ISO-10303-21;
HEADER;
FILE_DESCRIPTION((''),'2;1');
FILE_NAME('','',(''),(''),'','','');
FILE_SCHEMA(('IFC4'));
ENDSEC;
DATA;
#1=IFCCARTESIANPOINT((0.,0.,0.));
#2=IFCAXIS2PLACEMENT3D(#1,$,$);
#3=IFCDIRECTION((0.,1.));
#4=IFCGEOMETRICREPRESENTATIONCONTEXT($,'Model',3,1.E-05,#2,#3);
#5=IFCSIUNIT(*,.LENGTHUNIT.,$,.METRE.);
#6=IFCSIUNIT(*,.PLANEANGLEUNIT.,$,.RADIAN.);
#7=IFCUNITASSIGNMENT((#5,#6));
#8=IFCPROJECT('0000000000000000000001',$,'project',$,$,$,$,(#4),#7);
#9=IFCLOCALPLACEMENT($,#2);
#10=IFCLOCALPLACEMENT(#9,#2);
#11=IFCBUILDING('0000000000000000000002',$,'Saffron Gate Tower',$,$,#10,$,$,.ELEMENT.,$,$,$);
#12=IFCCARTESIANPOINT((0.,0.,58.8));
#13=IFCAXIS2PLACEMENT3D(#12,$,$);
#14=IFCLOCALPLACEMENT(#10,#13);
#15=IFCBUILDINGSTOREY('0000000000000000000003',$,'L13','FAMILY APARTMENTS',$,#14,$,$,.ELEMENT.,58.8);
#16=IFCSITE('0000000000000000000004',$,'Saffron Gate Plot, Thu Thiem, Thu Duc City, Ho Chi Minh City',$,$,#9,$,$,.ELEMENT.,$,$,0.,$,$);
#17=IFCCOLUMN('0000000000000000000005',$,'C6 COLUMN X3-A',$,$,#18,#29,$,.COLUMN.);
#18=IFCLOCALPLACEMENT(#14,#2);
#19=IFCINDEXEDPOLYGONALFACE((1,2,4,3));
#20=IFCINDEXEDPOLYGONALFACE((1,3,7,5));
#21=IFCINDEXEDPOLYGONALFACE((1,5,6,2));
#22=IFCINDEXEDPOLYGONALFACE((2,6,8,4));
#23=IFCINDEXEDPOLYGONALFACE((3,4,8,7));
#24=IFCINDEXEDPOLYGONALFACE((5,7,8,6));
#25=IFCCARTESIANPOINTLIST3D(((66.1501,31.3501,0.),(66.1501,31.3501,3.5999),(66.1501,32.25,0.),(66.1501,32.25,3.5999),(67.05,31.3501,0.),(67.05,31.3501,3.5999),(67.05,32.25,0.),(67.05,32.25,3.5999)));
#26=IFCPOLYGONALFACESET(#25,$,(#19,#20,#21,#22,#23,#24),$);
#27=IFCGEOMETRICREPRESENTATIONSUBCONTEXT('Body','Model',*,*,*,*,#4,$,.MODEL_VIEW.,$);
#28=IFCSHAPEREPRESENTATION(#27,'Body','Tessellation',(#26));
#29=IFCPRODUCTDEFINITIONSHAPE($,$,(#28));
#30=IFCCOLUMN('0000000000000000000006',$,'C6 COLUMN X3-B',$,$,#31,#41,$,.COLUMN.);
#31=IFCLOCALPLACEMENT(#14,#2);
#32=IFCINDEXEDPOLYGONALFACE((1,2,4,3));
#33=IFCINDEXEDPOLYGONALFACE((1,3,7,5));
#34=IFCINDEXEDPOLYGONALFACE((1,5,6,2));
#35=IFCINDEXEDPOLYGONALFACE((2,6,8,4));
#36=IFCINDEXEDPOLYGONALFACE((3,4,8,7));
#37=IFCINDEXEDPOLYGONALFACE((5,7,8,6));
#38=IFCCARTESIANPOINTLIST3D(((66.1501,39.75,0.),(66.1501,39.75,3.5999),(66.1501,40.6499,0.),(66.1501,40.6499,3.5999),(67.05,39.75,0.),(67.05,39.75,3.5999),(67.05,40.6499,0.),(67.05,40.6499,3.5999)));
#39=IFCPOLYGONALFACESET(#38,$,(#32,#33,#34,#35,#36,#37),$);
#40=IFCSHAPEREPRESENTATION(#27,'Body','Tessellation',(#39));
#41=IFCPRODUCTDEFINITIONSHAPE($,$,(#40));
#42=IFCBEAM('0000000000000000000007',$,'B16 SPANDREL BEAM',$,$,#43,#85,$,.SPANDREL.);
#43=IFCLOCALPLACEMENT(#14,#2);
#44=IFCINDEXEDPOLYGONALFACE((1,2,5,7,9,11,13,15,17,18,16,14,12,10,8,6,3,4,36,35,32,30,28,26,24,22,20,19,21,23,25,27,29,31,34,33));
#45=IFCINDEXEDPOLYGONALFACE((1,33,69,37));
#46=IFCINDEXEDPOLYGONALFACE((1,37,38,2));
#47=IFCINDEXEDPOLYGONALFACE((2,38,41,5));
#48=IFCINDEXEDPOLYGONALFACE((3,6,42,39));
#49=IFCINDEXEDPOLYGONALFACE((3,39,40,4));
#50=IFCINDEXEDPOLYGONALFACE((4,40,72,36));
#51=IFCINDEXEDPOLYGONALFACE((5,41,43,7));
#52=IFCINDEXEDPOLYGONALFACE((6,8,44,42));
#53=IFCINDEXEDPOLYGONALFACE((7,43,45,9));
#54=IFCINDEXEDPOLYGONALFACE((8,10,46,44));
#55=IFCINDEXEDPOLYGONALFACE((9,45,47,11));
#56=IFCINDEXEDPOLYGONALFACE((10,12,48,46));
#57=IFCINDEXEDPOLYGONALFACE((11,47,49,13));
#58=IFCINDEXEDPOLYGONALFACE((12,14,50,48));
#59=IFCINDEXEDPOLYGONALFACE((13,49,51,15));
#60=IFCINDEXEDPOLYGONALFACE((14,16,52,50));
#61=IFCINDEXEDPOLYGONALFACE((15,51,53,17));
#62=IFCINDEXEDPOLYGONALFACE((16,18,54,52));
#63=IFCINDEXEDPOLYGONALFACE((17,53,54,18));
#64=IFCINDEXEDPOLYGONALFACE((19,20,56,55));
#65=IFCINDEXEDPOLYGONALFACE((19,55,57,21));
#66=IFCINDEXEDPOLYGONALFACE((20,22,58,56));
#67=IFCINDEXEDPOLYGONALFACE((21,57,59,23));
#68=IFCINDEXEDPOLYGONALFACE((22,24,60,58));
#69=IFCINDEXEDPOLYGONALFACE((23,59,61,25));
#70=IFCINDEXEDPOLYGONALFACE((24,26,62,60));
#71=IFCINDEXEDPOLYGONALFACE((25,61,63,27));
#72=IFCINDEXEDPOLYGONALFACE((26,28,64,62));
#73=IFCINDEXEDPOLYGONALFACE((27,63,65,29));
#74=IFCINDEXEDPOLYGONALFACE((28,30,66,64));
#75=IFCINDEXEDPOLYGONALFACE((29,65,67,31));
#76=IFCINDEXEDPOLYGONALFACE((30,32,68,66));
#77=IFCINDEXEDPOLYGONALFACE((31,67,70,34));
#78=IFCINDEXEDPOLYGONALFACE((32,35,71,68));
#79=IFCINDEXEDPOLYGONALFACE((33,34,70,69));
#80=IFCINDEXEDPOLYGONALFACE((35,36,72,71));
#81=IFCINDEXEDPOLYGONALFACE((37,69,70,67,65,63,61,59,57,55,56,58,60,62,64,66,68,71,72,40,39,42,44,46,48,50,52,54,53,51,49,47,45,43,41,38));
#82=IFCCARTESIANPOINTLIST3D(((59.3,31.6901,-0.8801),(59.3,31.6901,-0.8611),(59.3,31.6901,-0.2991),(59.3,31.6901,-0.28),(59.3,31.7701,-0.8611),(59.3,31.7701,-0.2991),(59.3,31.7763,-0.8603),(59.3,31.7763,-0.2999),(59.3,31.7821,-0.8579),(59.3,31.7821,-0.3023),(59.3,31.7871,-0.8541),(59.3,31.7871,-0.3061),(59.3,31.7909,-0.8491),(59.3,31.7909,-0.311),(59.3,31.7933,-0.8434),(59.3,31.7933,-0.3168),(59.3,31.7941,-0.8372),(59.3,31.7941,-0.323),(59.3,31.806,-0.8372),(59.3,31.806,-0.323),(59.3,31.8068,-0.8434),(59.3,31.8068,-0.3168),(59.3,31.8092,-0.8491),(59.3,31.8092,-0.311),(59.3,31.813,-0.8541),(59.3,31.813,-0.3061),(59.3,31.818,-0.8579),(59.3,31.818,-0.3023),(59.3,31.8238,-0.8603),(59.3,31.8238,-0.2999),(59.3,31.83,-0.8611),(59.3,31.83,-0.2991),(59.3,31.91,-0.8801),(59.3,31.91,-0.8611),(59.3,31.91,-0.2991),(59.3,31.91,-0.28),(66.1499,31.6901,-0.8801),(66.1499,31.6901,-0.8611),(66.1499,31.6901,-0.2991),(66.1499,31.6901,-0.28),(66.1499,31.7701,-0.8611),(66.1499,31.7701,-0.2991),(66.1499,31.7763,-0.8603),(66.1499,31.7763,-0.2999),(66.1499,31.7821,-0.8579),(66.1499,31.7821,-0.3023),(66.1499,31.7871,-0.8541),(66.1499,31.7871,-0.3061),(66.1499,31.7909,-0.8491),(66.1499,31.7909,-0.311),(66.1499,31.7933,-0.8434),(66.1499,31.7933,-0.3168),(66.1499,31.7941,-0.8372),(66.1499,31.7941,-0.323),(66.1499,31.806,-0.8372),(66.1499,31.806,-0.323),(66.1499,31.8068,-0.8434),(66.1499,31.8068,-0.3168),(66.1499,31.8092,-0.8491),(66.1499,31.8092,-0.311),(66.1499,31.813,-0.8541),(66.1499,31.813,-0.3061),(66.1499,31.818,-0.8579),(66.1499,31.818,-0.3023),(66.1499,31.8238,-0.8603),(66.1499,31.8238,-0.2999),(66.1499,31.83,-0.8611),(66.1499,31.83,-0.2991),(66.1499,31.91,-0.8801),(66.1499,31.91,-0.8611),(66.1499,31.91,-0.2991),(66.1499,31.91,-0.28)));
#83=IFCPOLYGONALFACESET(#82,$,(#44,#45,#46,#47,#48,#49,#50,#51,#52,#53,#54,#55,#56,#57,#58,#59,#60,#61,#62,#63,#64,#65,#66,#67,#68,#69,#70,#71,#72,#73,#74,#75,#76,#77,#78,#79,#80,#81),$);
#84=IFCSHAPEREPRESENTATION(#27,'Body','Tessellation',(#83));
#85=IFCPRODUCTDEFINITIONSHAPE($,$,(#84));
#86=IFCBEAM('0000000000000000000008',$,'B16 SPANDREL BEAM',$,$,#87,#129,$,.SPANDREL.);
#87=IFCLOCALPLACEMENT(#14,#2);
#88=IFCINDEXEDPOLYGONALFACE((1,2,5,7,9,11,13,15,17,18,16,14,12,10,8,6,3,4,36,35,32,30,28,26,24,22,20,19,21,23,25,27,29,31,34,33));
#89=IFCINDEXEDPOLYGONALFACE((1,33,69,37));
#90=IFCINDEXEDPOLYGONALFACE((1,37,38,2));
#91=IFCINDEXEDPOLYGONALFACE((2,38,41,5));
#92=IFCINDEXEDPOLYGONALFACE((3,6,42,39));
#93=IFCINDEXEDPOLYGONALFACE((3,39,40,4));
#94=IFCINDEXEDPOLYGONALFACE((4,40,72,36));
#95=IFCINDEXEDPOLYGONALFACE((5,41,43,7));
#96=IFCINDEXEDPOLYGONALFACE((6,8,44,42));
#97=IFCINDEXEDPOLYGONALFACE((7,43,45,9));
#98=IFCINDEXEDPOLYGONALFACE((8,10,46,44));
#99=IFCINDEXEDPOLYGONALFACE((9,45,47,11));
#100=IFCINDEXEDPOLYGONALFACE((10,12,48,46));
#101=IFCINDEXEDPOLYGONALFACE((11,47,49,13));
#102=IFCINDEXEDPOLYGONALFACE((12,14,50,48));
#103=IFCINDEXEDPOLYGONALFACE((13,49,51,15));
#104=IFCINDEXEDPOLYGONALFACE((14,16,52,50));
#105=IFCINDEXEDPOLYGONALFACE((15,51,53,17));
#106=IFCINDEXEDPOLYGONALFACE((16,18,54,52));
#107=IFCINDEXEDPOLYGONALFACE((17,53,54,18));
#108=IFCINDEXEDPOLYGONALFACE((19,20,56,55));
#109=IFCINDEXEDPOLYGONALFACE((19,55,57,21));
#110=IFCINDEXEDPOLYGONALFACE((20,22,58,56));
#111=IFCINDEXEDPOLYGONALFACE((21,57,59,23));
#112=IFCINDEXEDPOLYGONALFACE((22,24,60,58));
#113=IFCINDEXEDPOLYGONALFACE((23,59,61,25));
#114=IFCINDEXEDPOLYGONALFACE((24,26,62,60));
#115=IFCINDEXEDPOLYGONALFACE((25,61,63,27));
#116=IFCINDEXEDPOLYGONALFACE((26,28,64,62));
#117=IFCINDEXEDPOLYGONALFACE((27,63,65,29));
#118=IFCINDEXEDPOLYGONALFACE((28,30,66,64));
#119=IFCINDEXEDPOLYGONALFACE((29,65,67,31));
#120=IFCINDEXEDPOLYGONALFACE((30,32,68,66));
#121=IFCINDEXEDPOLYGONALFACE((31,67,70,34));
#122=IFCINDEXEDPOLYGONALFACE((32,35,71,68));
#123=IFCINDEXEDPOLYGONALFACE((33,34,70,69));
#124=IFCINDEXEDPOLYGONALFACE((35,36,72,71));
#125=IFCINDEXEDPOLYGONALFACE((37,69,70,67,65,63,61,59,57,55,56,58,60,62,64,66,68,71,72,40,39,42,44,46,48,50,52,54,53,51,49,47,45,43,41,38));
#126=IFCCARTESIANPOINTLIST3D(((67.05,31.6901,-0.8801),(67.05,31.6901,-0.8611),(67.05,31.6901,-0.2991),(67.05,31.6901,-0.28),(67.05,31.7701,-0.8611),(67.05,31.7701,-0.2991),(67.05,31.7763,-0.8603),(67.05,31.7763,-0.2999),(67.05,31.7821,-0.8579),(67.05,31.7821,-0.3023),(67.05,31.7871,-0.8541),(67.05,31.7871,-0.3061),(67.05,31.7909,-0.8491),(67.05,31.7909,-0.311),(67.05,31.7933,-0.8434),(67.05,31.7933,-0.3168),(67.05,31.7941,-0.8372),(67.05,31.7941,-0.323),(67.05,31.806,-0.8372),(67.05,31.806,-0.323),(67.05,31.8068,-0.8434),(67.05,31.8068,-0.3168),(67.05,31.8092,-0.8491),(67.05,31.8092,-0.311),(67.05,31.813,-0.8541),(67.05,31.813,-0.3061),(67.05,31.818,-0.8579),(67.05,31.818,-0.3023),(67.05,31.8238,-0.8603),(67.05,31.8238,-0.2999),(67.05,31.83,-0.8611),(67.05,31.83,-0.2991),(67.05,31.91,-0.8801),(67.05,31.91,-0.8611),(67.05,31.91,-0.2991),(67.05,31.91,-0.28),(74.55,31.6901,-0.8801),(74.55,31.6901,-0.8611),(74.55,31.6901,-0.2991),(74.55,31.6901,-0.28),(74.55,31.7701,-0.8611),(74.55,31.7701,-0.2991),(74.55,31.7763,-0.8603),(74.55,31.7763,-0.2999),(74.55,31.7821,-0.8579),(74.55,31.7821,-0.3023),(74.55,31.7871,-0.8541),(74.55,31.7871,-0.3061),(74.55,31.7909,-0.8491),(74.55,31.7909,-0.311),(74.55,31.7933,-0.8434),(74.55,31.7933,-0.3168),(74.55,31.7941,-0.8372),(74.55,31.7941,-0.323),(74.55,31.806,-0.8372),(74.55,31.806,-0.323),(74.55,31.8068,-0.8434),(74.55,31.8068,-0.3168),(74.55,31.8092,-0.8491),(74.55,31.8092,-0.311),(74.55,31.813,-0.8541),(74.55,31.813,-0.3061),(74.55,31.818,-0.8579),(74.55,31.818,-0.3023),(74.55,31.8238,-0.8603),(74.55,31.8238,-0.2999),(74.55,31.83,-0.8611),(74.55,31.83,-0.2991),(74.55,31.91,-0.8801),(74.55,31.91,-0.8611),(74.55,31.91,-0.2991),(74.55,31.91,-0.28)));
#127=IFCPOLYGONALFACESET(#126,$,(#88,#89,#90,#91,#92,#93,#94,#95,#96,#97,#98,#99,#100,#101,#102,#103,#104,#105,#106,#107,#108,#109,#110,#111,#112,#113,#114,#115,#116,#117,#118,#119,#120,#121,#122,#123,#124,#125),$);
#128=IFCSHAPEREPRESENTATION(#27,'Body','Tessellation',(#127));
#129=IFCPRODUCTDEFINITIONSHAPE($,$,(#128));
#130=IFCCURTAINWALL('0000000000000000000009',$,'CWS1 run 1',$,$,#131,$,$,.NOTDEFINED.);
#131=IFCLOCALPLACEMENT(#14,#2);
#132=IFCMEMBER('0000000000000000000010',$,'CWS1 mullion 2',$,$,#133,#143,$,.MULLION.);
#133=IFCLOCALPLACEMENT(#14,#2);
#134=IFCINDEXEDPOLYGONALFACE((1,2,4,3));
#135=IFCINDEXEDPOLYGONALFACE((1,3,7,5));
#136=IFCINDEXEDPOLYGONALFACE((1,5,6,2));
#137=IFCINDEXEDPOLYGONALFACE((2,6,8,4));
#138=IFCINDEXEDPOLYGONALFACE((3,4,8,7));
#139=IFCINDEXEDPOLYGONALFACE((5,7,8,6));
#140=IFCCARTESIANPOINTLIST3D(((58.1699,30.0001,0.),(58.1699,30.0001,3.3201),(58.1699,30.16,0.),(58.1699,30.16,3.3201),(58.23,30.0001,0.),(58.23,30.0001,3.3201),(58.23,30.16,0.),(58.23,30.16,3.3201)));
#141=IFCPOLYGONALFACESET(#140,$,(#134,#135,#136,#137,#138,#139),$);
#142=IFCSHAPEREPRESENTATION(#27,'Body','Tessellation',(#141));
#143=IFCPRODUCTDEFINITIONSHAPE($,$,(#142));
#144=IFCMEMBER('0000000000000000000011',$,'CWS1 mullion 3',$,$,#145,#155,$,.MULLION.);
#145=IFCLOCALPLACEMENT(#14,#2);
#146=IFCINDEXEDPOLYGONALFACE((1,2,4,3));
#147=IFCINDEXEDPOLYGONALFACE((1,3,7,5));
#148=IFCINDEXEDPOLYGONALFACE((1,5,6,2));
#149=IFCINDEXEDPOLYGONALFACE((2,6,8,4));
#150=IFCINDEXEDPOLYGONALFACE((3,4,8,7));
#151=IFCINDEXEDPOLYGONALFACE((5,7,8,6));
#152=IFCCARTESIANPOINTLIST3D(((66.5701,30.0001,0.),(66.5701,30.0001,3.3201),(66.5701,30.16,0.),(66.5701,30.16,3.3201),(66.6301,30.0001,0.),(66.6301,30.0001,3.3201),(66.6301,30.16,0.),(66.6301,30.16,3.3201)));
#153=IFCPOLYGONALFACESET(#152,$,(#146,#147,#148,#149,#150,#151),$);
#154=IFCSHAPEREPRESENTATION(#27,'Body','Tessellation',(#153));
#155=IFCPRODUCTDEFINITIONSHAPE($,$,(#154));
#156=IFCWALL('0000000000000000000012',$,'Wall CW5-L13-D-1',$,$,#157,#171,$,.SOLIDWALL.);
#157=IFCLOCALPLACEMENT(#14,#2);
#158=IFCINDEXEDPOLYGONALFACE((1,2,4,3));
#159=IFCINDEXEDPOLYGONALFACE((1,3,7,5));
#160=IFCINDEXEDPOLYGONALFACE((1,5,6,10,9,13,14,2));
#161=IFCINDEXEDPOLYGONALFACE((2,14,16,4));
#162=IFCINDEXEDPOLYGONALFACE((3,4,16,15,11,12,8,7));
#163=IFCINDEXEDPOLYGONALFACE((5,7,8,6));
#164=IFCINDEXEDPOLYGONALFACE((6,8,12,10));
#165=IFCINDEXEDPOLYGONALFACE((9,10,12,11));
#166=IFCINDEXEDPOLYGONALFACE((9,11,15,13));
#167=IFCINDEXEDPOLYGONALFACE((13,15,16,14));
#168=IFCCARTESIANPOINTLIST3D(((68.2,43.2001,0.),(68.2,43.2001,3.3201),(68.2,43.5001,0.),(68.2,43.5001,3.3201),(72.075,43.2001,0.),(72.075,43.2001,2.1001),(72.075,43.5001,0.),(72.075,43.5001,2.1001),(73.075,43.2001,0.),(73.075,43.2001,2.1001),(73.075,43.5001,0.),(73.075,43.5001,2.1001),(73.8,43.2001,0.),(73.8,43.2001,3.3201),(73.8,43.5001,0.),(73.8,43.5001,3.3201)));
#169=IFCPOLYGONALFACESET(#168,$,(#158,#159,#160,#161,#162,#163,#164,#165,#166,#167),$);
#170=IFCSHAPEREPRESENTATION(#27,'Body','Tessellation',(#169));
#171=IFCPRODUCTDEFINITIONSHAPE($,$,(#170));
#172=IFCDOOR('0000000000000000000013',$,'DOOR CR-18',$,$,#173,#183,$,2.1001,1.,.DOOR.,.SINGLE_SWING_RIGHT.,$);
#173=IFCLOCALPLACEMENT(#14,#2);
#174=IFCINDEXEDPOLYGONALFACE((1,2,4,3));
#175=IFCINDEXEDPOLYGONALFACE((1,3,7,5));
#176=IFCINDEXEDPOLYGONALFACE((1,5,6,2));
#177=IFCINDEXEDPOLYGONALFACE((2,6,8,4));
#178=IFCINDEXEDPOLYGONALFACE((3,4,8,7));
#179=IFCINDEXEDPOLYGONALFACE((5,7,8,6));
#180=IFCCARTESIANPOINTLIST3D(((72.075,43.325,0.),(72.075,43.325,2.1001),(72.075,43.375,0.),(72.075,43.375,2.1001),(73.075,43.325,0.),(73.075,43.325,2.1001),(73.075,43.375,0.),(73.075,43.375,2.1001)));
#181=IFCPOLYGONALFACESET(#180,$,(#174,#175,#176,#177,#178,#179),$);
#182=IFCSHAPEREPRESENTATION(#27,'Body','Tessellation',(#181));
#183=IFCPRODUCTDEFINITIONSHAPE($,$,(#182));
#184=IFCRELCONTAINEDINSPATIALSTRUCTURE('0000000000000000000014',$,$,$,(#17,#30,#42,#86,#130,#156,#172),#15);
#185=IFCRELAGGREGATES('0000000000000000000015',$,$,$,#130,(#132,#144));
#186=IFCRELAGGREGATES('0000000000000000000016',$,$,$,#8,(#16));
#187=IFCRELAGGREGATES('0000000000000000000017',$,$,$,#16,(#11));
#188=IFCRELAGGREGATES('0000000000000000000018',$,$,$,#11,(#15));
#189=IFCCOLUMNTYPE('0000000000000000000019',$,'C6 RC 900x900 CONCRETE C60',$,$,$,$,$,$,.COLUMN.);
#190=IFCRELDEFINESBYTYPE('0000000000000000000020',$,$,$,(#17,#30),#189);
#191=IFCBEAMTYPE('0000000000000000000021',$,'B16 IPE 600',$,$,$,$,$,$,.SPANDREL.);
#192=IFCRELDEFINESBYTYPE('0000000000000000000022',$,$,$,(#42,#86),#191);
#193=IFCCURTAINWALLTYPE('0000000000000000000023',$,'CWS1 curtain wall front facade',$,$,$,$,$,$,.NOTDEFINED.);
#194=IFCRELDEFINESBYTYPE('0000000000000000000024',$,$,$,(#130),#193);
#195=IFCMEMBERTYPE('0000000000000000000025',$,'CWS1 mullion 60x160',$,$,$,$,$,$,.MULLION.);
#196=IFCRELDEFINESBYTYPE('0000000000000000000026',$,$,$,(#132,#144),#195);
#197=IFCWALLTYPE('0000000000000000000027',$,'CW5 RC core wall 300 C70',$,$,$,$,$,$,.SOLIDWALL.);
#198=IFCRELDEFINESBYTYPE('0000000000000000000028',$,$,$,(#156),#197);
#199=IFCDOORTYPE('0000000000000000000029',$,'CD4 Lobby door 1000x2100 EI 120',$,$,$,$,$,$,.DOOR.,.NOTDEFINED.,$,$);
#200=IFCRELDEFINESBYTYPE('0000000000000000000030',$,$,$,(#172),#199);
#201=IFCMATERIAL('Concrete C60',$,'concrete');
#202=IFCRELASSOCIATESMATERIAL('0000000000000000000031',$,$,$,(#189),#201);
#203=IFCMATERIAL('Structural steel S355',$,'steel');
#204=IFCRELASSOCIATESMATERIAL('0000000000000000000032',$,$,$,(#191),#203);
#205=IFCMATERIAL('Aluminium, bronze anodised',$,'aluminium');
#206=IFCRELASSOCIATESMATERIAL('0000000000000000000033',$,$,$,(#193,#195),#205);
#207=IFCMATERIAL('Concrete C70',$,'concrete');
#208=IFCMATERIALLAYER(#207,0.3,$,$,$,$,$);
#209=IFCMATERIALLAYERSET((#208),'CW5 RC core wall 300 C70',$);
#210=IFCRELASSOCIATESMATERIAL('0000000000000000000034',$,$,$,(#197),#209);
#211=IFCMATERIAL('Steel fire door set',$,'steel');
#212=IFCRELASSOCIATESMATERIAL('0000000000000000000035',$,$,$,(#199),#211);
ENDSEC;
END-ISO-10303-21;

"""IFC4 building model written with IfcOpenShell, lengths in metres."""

from ifc_helpers import new_model, si_unit, direction, frame, frame_2d, origin, origin_2d, place, context, subcontext, project, spatial, rectangle, i_section, extrude, material, layer, layer_set, material_profile, profile_set, type_object, element, fill, aggregate, save


model = new_model("IFC4")

# Units and contexts
model_context = context("Model", 3, precision=1e-05, world=origin(), true_north=direction((0.0, 1.0)))
body_context = subcontext(model_context, "Body", "Model", "MODEL_VIEW")
ifc_project = project(units=[si_unit("LENGTHUNIT", "METRE"), si_unit("PLANEANGLEUNIT", "RADIAN")], contexts=[model_context])

# Site, building, storey
site_placement = place(None, origin())
site = spatial("IfcSite", under=ifc_project, at=site_placement, Name="Saffron Gate Plot, Thu Thiem, Thu Duc City, Ho Chi Minh City", CompositionType="ELEMENT", RefElevation=0.0)
building_placement = place(site_placement, origin())
building = spatial("IfcBuilding", under=site, at=building_placement, Name="Saffron Gate Tower", CompositionType="ELEMENT")
storey_placement = place(building_placement, frame((0.0, 0.0, 58.8)))
storey = spatial("IfcBuildingStorey", under=building, at=storey_placement, Name="L13", Description="FAMILY APARTMENTS", CompositionType="ELEMENT", Elevation=58.8)

# Columns
ifc_material_1 = material(Name="Concrete C60", Category="concrete")
ifc_material_profile_1 = material_profile(ifc_material_1, rectangle(XDim=0.8999, YDim=0.8999, at=origin_2d()))
ifc_profile_set_1 = profile_set([ifc_material_profile_1], Name="Concrete C60")
column_type = type_object("IfcColumnType", Name="C6 RC 900x900 CONCRETE C60", PredefinedType="COLUMN", material=ifc_profile_set_1)
for number, where, z_axis, x_axis, name in (
    (1, (66.6001, 31.8, 0.0), (0.0, 0.0, 1.0), (1.0, 0.0, 0.0), "C6 COLUMN X3-A"),
    (2, (66.6001, 40.2, 0.0), (0.0, 0.0, 1.0), (1.0, 0.0, 0.0), "C6 COLUMN X3-B"),
):
    element("IfcColumn", number, at=place(storey_placement, frame(where, z_axis=z_axis, x_axis=x_axis)), inside=storey, type_object=column_type, Name=name, PredefinedType="COLUMN", context=body_context, shape_type="SweptSolid", body=[
        extrude(rectangle(XDim=0.8999, YDim=0.8999, at=origin_2d()), origin(), (0.0, 0.0, 1.0), 3.5999),
    ])

# Beams
ifc_material_2 = material(Name="Structural steel S355", Category="steel")
ifc_material_profile_2 = material_profile(ifc_material_2, i_section(OverallWidth=0.22, OverallDepth=0.6001, WebThickness=0.012, FlangeThickness=0.019, FilletRadius=0.0239, at=origin_2d()))
ifc_profile_set_2 = profile_set([ifc_material_profile_2], Name="Structural steel S355")
beam_type = type_object("IfcBeamType", Name="B16 IPE 600", PredefinedType="SPANDREL", material=ifc_profile_set_2)
beam_1_placement = place(storey_placement, frame((59.3, 31.8, -0.5801), z_axis=(1.0, 0.0, 0.0), x_axis=(0.0, 1.0, 0.0)))
element("IfcBeam", 3, at=beam_1_placement, inside=storey, type_object=beam_type, Name="B16 SPANDREL BEAM", PredefinedType="SPANDREL", context=body_context, shape_type="SweptSolid", body=[
    extrude(i_section(OverallWidth=0.22, OverallDepth=0.6001, WebThickness=0.012, FlangeThickness=0.019, FilletRadius=0.0239, at=origin_2d()), origin(), (0.0, 0.0, 1.0), 6.8499),
])
beam_2_placement = place(storey_placement, frame((67.05, 31.8, -0.5801), z_axis=(1.0, 0.0, 0.0), x_axis=(0.0, 1.0, 0.0)))
element("IfcBeam", 4, at=beam_2_placement, inside=storey, type_object=beam_type, Name="B16 SPANDREL BEAM", PredefinedType="SPANDREL", context=body_context, shape_type="SweptSolid", body=[
    extrude(i_section(OverallWidth=0.22, OverallDepth=0.6001, WebThickness=0.012, FlangeThickness=0.019, FilletRadius=0.0239, at=origin_2d()), origin(), (0.0, 0.0, 1.0), 7.5),
])

# Curtain wall, members
ifc_material_3 = material(Name="Aluminium, bronze anodised", Category="aluminium")
curtain_wall_type = type_object("IfcCurtainWallType", Name="CWS1 curtain wall front facade", PredefinedType="NOTDEFINED", material=ifc_material_3)
curtain_wall_placement = place(storey_placement, origin())
curtain_wall = element("IfcCurtainWall", 5, at=curtain_wall_placement, inside=storey, type_object=curtain_wall_type, Name="CWS1 run 1", PredefinedType="NOTDEFINED")
ifc_material_profile_3 = material_profile(ifc_material_3, rectangle(XDim=0.1599, YDim=0.0601, at=origin_2d()))
ifc_profile_set_3 = profile_set([ifc_material_profile_3], Name="Aluminium, bronze anodised")
member_type = type_object("IfcMemberType", Name="CWS1 mullion 60x160", PredefinedType="MULLION", material=ifc_profile_set_3)
member_1_placement = place(storey_placement, frame((58.2, 30.0801, 0.0), z_axis=(0.0, 0.0, 1.0), x_axis=(0.0, 1.0, 0.0)))
member_1 = element("IfcMember", 6, at=member_1_placement, type_object=member_type, Name="CWS1 mullion 2", PredefinedType="MULLION", context=body_context, shape_type="SweptSolid", body=[
    extrude(rectangle(XDim=0.1599, YDim=0.0601, at=origin_2d()), origin(), (0.0, 0.0, 1.0), 3.3201),
])
member_2_placement = place(storey_placement, frame((66.6001, 30.0801, 0.0), z_axis=(0.0, 0.0, 1.0), x_axis=(0.0, 1.0, 0.0)))
member_2 = element("IfcMember", 7, at=member_2_placement, type_object=member_type, Name="CWS1 mullion 3", PredefinedType="MULLION", context=body_context, shape_type="SweptSolid", body=[
    extrude(rectangle(XDim=0.1599, YDim=0.0601, at=origin_2d()), origin(), (0.0, 0.0, 1.0), 3.3201),
])
aggregate(curtain_wall, [member_1, member_2])

# Wall, opening, door
ifc_material_4 = material(Name="Concrete C70", Category="concrete")
ifc_layer_1 = layer(ifc_material_4, 0.3)
ifc_layer_set_1 = layer_set([ifc_layer_1], Name="CW5 RC core wall 300 C70")
wall_type_1 = type_object("IfcWallType", Name="CW5 RC core wall 300 C70", PredefinedType="SOLIDWALL", material=ifc_layer_set_1)
wall_1_placement = place(storey_placement, frame((68.2, 43.3501, 0.0), z_axis=(0.0, 0.0, 1.0), x_axis=(1.0, 0.0, 0.0)))
wall_1 = element("IfcWall", 8, at=wall_1_placement, inside=storey, type_object=wall_type_1, Name="Wall CW5-L13-D-1", PredefinedType="SOLIDWALL", context=body_context, shape_type="SweptSolid", body=[
    extrude(rectangle(XDim=5.6001, YDim=0.3, at=frame_2d((2.8, 0.0))), origin(), (0.0, 0.0, 1.0), 3.3201),
])
opening_1_placement = place(wall_1_placement, frame((3.875, 0.0, 0.0)))
opening_1 = element("IfcOpeningElement", 9, at=opening_1_placement, cuts=wall_1, PredefinedType="OPENING", context=body_context, shape_type="SweptSolid", body=[
    extrude(rectangle(XDim=1.0, YDim=2.1001, at=frame_2d((0.5, 1.05))), frame((0.0, 0.1602, 0.0), z_axis=(0.0, -1.0, 0.0), x_axis=(1.0, 0.0, 0.0)), (0.0, 0.0, 1.0), 0.3201),
])
ifc_material_5 = material(Name="Steel fire door set", Category="steel")
door_type_1 = type_object("IfcDoorType", Name="CD4 Lobby door 1000x2100 EI 120", OperationType="NOTDEFINED", PredefinedType="DOOR", material=ifc_material_5)
door_1_placement = place(opening_1_placement, origin())
door_1 = element("IfcDoor", 10, at=door_1_placement, inside=storey, type_object=door_type_1, Name="DOOR CR-18", OperationType="SINGLE_SWING_RIGHT", OverallHeight=2.1001, OverallWidth=1.0, PredefinedType="DOOR", context=body_context, shape_type="SweptSolid", body=[
    extrude(rectangle(XDim=1.0, YDim=2.1001, at=frame_2d((0.5, 1.05))), frame((0.0, 0.0249, 0.0), z_axis=(0.0, -1.0, 0.0), x_axis=(1.0, 0.0, 0.0)), (0.0, 0.0, 1.0), 0.05),
])
fill(opening_1, door_1)

save(model, "model.ifc")
